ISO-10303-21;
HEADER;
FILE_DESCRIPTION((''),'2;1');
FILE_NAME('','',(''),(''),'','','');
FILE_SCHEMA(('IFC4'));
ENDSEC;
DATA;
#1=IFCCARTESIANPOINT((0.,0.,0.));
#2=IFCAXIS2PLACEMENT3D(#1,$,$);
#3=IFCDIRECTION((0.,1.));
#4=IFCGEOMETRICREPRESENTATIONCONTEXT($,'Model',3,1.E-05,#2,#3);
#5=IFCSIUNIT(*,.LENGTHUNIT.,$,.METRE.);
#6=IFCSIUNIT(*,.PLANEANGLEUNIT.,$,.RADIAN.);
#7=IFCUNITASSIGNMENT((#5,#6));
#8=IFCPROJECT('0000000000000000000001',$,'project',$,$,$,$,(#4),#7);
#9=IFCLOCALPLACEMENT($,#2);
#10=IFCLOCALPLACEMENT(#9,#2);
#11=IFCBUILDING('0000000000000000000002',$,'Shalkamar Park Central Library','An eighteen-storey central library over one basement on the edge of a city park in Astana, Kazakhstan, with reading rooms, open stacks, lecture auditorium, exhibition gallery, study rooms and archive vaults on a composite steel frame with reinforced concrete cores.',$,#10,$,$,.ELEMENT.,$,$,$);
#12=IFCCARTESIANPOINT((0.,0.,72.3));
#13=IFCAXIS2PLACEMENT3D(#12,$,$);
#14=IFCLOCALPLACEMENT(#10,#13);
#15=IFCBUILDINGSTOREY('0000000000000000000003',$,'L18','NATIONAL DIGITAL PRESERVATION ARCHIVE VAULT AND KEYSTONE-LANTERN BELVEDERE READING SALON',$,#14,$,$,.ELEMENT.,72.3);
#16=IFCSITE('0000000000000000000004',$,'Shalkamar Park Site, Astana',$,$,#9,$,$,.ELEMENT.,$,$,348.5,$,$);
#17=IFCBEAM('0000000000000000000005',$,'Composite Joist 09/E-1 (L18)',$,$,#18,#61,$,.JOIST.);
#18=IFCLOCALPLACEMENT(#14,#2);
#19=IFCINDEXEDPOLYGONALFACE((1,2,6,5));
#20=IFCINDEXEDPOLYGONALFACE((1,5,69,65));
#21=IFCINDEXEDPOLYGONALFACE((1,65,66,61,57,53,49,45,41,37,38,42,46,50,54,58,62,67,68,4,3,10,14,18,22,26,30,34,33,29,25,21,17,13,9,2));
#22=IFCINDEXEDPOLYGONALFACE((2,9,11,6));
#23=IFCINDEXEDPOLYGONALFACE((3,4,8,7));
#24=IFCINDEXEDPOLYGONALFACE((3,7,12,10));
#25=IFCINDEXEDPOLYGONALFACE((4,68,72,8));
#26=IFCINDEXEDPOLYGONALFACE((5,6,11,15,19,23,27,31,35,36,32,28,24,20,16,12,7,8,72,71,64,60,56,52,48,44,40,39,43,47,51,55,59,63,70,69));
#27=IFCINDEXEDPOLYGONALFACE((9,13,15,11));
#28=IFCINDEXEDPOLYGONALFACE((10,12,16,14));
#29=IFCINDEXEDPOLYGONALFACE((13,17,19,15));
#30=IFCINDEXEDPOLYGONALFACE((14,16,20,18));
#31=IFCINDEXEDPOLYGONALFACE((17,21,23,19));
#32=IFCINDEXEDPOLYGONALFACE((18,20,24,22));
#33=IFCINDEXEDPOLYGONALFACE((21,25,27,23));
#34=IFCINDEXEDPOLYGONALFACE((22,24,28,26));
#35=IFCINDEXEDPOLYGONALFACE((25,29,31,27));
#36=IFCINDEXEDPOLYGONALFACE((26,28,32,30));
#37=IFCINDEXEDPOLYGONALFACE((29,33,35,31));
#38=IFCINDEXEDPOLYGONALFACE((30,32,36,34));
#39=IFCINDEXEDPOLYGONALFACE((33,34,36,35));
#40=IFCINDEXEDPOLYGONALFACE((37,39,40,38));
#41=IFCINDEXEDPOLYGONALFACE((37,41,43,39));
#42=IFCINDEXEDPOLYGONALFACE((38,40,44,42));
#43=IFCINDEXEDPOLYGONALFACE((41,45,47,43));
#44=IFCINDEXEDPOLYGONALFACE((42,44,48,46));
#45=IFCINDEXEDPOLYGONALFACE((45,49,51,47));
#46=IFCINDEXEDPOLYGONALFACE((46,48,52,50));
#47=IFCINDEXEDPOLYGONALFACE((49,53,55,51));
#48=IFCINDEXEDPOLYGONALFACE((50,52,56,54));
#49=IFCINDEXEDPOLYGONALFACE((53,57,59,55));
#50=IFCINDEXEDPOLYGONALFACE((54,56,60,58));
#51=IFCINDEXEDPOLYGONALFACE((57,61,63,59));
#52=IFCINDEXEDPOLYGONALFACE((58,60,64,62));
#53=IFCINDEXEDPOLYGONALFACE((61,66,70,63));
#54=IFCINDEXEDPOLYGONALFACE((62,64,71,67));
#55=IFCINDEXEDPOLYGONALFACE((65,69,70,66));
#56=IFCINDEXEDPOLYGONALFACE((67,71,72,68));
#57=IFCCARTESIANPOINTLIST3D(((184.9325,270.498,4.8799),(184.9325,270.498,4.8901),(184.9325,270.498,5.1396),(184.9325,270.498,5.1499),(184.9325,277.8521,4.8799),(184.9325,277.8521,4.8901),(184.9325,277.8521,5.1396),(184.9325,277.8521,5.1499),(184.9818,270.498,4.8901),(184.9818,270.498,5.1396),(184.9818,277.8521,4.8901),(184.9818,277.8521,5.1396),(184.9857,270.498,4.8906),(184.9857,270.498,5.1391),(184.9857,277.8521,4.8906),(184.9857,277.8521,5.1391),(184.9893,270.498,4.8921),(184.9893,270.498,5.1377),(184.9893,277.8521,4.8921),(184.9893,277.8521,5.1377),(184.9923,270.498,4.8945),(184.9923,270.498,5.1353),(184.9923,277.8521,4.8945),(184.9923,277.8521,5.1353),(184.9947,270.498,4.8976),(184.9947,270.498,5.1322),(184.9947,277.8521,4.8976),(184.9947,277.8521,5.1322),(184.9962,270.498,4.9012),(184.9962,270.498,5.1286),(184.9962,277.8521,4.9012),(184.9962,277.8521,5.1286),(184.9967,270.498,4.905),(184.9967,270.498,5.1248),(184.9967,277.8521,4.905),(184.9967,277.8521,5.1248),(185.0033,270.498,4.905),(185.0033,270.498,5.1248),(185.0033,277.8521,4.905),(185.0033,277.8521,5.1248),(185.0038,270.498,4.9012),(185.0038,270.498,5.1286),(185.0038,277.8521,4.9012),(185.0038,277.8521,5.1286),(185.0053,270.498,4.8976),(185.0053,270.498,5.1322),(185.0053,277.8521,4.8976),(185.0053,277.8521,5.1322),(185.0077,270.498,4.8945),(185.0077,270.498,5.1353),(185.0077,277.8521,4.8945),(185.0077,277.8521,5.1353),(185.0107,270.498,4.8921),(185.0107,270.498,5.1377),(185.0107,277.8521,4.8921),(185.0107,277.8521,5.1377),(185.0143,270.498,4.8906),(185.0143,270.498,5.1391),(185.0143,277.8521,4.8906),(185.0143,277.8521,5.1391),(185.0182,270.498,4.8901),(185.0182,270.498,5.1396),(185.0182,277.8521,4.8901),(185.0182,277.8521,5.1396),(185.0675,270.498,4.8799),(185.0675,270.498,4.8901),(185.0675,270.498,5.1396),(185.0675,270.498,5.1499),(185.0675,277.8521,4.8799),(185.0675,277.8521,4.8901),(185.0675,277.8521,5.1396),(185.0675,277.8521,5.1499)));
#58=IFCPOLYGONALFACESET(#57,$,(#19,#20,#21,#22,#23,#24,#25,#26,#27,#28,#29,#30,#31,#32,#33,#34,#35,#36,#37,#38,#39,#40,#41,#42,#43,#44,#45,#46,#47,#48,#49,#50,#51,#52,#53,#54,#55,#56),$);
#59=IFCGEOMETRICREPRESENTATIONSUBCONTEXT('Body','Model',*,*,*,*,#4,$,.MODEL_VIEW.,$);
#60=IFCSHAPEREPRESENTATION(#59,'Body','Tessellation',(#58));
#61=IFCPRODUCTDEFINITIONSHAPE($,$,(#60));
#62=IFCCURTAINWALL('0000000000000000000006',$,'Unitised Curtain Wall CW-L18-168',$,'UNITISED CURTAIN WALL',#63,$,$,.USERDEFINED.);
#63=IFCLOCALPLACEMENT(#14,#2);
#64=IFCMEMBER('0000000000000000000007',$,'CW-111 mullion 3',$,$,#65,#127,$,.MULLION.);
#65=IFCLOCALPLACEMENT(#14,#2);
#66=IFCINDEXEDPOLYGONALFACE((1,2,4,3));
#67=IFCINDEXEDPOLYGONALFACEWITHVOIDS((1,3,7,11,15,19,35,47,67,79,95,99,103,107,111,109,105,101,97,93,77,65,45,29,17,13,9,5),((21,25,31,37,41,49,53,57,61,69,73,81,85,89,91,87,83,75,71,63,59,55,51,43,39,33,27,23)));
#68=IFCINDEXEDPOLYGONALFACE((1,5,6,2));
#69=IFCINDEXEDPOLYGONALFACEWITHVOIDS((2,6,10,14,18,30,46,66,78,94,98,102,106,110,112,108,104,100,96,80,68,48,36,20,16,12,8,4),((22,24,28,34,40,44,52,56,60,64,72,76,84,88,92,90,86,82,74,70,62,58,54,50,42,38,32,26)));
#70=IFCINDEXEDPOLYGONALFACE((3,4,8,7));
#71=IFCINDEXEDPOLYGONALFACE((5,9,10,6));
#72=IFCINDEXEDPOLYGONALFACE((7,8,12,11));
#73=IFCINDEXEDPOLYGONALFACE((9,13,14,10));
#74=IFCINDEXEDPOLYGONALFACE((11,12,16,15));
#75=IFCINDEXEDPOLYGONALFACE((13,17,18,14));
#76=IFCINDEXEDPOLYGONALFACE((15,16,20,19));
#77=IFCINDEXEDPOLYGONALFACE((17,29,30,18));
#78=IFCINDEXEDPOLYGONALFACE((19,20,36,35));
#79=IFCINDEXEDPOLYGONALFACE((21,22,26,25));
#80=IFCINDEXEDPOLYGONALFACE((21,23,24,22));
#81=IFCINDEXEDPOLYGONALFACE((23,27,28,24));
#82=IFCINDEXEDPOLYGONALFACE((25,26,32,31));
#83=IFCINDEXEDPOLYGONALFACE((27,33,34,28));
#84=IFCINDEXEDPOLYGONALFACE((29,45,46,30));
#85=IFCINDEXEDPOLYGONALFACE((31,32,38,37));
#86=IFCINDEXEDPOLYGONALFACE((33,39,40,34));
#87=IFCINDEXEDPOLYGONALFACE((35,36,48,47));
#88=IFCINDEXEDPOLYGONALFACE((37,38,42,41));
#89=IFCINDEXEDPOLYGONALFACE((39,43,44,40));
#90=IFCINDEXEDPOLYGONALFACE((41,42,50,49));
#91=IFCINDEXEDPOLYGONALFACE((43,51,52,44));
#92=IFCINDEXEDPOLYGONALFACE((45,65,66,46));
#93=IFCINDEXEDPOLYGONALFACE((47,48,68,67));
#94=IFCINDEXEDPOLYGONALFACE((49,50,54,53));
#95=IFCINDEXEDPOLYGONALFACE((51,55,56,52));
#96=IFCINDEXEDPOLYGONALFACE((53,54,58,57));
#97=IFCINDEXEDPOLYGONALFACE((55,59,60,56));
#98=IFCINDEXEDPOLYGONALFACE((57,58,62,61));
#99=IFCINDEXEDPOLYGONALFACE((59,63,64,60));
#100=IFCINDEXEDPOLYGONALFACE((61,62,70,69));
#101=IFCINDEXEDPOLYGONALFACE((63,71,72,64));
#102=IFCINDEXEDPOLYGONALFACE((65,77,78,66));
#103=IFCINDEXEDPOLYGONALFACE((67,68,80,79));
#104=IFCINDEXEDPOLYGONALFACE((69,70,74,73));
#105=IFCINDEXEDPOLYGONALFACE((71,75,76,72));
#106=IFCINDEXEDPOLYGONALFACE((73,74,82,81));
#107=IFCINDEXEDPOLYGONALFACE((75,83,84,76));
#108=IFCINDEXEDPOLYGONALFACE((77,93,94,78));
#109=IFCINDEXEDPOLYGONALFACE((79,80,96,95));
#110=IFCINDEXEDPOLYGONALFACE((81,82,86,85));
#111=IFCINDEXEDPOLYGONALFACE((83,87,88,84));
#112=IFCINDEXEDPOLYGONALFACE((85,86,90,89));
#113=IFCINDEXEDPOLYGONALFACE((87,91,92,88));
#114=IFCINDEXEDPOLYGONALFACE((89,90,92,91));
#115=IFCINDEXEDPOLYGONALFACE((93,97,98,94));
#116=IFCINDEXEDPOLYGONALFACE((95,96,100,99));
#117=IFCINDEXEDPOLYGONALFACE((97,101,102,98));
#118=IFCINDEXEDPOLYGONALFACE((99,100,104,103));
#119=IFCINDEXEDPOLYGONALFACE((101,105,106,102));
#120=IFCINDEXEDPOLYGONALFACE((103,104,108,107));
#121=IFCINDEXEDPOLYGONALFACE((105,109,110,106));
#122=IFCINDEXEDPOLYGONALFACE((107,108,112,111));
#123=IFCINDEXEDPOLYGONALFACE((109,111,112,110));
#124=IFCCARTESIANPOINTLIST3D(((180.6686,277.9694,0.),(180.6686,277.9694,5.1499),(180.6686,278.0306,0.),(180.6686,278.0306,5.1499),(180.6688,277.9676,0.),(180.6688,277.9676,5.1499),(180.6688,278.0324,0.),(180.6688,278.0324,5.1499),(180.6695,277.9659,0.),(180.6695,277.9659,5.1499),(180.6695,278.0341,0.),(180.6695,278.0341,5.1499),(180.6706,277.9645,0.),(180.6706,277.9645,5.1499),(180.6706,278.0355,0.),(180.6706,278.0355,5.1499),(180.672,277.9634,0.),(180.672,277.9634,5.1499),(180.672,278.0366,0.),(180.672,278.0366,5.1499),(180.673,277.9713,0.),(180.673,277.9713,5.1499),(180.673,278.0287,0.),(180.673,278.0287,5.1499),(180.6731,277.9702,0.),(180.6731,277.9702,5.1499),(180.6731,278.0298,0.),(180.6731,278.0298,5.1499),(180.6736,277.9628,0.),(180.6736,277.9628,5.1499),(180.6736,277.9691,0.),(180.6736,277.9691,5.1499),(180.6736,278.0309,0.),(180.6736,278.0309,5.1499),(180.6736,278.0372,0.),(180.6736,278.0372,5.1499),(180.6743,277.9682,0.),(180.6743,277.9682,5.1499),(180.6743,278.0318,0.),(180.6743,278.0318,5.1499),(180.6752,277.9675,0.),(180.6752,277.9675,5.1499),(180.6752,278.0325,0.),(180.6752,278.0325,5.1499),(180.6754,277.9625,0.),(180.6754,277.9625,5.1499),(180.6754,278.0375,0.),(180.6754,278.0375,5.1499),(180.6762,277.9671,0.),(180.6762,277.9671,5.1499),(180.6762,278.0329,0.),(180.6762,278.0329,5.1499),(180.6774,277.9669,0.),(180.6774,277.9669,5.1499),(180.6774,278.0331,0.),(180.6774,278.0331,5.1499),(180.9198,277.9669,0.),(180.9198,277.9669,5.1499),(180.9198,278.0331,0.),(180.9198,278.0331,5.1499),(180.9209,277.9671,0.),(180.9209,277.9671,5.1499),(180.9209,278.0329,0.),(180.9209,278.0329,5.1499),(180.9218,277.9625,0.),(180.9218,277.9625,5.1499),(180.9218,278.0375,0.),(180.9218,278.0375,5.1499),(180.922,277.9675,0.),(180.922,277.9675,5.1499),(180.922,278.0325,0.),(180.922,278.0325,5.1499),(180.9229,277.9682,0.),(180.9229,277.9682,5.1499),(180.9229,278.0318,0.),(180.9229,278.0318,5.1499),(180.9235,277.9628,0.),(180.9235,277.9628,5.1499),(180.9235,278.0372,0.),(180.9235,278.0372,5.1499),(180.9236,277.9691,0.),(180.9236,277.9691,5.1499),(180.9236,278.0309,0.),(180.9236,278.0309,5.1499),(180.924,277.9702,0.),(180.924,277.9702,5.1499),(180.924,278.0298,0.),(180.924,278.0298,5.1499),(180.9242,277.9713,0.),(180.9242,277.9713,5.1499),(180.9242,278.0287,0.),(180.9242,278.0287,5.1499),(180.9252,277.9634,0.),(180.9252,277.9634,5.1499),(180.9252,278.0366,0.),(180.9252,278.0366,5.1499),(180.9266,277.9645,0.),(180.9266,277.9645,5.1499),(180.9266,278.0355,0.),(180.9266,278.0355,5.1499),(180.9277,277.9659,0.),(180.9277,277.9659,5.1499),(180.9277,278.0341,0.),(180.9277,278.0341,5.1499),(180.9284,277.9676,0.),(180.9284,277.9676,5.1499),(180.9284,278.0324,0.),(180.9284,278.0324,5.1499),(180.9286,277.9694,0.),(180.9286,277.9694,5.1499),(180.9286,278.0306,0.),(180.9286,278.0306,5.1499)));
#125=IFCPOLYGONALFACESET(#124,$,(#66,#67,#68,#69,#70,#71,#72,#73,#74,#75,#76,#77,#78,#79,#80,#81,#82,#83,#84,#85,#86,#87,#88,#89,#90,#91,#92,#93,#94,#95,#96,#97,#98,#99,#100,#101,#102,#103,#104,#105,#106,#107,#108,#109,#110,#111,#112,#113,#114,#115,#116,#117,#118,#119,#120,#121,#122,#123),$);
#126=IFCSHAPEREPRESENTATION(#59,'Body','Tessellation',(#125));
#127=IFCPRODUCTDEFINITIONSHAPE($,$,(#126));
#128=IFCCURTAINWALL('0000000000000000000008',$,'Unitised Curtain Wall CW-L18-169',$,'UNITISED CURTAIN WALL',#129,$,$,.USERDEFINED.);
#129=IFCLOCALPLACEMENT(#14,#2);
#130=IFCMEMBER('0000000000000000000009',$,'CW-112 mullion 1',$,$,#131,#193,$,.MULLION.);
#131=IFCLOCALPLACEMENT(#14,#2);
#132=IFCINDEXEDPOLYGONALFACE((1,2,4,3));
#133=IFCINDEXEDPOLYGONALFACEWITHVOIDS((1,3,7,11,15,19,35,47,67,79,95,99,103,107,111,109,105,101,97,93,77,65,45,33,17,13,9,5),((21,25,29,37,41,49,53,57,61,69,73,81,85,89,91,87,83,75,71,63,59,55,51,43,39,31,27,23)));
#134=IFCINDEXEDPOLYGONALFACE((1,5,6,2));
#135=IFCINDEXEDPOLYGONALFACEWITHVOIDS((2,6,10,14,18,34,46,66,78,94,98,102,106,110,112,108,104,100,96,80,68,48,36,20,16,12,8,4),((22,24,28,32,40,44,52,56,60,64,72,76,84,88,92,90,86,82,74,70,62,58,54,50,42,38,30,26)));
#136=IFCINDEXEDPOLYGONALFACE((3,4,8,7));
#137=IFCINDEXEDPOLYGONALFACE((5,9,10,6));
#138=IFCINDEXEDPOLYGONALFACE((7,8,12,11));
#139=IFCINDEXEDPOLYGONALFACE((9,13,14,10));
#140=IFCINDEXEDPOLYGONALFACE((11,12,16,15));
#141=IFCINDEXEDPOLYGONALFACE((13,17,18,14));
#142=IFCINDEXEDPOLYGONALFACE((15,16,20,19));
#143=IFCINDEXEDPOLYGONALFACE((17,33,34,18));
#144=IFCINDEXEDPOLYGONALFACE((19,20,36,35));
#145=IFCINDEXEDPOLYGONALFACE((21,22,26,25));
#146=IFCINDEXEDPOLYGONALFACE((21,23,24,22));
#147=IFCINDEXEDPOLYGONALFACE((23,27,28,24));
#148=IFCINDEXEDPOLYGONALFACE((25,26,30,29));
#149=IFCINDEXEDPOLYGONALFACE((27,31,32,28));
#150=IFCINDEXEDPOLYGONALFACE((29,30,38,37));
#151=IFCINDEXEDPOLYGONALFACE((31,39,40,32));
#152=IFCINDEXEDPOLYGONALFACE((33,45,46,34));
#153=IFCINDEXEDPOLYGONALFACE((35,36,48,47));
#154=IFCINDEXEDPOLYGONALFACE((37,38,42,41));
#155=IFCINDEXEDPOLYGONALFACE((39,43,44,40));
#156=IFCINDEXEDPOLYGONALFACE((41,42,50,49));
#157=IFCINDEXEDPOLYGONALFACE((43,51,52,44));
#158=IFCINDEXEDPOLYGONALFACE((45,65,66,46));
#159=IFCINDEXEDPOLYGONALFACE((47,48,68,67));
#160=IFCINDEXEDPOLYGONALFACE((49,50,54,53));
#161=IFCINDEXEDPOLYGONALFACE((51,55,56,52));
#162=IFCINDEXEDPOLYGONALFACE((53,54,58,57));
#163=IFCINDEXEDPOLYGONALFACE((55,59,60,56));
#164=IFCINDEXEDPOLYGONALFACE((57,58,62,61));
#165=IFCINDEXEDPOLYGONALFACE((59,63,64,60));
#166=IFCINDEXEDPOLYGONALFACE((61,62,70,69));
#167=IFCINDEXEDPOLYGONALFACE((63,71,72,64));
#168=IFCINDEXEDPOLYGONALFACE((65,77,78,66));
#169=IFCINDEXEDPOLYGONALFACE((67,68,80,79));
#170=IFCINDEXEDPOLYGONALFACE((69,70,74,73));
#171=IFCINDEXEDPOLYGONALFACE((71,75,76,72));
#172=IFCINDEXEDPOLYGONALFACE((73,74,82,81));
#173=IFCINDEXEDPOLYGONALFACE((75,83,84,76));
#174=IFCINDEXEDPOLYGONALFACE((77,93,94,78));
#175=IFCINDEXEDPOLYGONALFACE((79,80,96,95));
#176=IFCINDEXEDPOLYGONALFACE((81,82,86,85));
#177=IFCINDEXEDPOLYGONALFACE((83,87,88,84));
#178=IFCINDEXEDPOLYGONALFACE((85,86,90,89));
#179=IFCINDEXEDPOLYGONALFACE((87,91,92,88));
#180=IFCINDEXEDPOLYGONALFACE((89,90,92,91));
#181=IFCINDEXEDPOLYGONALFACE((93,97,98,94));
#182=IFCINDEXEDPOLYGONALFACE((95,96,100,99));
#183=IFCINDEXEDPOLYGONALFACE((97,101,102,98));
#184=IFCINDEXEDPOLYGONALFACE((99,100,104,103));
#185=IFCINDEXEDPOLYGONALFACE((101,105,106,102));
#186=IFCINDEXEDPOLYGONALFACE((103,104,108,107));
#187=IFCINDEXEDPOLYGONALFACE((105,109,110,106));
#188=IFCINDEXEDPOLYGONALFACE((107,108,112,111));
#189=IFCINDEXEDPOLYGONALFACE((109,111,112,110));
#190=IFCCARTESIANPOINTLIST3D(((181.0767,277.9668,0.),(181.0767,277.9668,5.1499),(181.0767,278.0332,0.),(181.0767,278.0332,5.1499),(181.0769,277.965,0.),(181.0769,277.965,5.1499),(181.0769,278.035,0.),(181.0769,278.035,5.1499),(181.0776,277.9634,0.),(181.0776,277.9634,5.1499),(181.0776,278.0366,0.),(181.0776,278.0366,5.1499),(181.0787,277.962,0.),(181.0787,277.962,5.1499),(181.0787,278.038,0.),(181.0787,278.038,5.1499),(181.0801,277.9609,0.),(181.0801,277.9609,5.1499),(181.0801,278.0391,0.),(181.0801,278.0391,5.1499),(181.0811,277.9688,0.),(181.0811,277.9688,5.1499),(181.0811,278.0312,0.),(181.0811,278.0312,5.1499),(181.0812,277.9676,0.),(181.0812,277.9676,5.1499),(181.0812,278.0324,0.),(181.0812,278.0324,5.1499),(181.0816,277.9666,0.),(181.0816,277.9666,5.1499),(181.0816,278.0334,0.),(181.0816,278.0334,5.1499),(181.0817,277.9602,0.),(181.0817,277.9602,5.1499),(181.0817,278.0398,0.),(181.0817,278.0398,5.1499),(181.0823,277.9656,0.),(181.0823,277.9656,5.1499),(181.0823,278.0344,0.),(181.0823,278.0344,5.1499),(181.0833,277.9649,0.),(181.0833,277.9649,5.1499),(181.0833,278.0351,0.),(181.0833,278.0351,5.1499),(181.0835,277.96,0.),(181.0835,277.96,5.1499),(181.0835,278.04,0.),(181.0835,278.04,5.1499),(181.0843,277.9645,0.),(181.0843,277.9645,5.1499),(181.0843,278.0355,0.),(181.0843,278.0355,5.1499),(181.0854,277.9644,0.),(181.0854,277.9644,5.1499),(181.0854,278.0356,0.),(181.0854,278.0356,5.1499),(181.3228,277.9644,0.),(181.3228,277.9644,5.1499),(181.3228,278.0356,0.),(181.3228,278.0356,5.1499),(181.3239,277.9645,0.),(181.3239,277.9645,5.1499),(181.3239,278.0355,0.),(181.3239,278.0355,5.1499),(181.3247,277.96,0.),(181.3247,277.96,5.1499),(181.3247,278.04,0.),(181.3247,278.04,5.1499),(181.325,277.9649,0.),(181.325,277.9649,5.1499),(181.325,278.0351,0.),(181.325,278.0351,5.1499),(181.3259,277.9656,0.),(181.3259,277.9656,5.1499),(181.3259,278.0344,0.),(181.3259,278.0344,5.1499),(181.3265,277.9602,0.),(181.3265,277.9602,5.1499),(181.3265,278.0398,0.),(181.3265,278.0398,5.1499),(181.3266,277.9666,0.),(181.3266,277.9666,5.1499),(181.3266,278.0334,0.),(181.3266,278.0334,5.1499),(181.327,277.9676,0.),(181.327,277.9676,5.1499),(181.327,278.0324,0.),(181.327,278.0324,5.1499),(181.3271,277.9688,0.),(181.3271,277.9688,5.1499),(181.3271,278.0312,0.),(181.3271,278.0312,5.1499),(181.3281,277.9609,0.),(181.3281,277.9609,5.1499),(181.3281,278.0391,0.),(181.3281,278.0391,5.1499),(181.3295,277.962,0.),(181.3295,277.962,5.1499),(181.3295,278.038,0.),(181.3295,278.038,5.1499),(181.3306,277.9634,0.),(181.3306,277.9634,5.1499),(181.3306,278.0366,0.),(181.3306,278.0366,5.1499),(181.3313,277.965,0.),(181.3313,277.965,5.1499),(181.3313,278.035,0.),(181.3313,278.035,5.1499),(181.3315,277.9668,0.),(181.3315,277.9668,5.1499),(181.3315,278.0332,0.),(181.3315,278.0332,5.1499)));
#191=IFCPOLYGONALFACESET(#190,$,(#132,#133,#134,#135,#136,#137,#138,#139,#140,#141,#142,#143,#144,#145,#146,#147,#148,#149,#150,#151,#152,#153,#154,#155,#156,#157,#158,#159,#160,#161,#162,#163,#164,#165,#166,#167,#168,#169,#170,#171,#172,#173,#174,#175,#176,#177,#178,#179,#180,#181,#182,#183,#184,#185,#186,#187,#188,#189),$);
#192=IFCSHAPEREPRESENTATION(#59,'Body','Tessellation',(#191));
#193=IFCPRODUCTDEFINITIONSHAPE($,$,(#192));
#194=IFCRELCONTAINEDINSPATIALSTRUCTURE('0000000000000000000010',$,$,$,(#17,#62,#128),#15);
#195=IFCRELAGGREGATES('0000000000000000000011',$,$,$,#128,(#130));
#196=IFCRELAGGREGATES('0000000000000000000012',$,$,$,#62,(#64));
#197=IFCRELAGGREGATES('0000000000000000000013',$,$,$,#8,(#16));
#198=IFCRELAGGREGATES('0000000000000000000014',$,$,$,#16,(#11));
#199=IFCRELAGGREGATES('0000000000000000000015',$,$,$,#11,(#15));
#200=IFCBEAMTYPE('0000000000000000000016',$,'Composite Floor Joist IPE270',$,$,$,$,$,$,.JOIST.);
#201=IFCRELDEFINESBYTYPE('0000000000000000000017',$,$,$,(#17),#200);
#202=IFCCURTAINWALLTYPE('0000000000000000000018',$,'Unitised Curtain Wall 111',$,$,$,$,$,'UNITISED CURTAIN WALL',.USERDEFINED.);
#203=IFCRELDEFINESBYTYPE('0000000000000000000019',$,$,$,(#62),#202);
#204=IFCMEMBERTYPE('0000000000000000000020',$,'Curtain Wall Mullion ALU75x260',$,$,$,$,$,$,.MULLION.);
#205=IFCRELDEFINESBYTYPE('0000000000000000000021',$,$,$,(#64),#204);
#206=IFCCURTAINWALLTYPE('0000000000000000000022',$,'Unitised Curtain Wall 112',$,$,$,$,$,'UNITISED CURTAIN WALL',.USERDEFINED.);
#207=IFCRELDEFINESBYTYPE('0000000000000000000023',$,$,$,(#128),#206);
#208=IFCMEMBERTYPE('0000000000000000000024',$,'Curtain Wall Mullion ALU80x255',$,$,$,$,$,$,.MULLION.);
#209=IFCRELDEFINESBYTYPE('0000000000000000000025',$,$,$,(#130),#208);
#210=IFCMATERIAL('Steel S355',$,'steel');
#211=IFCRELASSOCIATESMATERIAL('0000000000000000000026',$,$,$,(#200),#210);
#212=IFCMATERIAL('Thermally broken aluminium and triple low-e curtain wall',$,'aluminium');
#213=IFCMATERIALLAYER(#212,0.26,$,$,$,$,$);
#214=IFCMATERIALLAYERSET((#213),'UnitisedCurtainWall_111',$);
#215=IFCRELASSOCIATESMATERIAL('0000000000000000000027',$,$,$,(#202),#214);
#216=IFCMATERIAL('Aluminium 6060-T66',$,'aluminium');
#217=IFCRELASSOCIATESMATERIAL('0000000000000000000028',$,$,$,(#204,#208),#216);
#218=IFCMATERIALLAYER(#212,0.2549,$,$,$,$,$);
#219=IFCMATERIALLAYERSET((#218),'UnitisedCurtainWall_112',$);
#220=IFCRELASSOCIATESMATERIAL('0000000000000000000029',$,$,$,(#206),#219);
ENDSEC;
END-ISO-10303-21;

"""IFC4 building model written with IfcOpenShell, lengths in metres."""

from ifc_helpers import new_model, si_unit, direction, frame, origin, origin_2d, place, context, subcontext, project, spatial, hollow_rectangle, i_section, extrude, material, layer, layer_set, material_profile, profile_set, type_object, element, aggregate, save


model = new_model("IFC4")

# Units and contexts
model_context = context("Model", 3, precision=1e-05, world=origin(), true_north=direction((0.0, 1.0)))
body_context = subcontext(model_context, "Body", "Model", "MODEL_VIEW")
ifc_project = project(units=[si_unit("LENGTHUNIT", "METRE"), si_unit("PLANEANGLEUNIT", "RADIAN")], contexts=[model_context])

# Site, building, storey
site_placement = place(None, origin())
site = spatial("IfcSite", under=ifc_project, at=site_placement, Name="Shalkamar Park Site, Astana", CompositionType="ELEMENT", RefElevation=348.5)
building_placement = place(site_placement, origin())
building = spatial("IfcBuilding", under=site, at=building_placement, Name="Shalkamar Park Central Library", Description="An eighteen-storey central library over one basement on the edge of a city park in Astana, Kazakhstan, with reading rooms, open stacks, lecture auditorium, exhibition gallery, study rooms and archive vaults on a composite steel frame with reinforced concrete cores.", CompositionType="ELEMENT")
storey_placement = place(building_placement, frame((0.0, 0.0, 72.3)))
storey = spatial("IfcBuildingStorey", under=building, at=storey_placement, Name="L18", Description="NATIONAL DIGITAL PRESERVATION ARCHIVE VAULT AND KEYSTONE-LANTERN BELVEDERE READING SALON", CompositionType="ELEMENT", Elevation=72.3)

# Shared definitions
ifc_material_1 = material(Name="Steel S355", Category="steel")

# Beam
ifc_material_profile_1 = material_profile(ifc_material_1, i_section(OverallWidth=0.135, OverallDepth=0.27, WebThickness=0.0066, FlangeThickness=0.0103, FilletRadius=0.0149, at=origin_2d()), Name="IPE 270")
ifc_profile_set_1 = profile_set([ifc_material_profile_1], Name="Steel S355")
beam_type_1 = type_object("IfcBeamType", Name="Composite Floor Joist IPE270", PredefinedType="JOIST", material=ifc_profile_set_1)
beam_1_placement = place(storey_placement, frame((185.0, 270.498, 5.0149), z_axis=(0.0, 1.0, 0.0), x_axis=(-1.0, 0.0, 0.0)))
element("IfcBeam", 1, at=beam_1_placement, inside=storey, type_object=beam_type_1, Name="Composite Joist 09/E-1 (L18)", PredefinedType="JOIST", context=body_context, shape_type="SweptSolid", body=[
    extrude(i_section(OverallWidth=0.135, OverallDepth=0.27, WebThickness=0.0066, FlangeThickness=0.0103, FilletRadius=0.0149, at=origin_2d()), origin(), (0.0, 0.0, 1.0), 7.354),
])

# Curtain wall, member
ifc_material_2 = material(Name="Thermally broken aluminium and triple low-e curtain wall", Category="aluminium")
ifc_layer_1 = layer(ifc_material_2, 0.26)
ifc_layer_set_1 = layer_set([ifc_layer_1], Name="UnitisedCurtainWall_111")
curtain_wall_type_1 = type_object("IfcCurtainWallType", Name="Unitised Curtain Wall 111", ElementType="UNITISED CURTAIN WALL", PredefinedType="USERDEFINED", material=ifc_layer_set_1)
curtain_wall_1_placement = place(storey_placement, origin())
curtain_wall_1 = element("IfcCurtainWall", 2, at=curtain_wall_1_placement, inside=storey, type_object=curtain_wall_type_1, Name="Unitised Curtain Wall CW-L18-168", ObjectType="UNITISED CURTAIN WALL", PredefinedType="USERDEFINED")
ifc_material_3 = material(Name="Aluminium 6060-T66", Category="aluminium")
ifc_material_profile_2 = material_profile(ifc_material_3, hollow_rectangle(XDim=0.075, YDim=0.26, WallThickness=0.0044, InnerFilletRadius=0.0044, OuterFilletRadius=0.0068, at=origin_2d()), Name="ALU 75x260x4.5")
ifc_profile_set_2 = profile_set([ifc_material_profile_2], Name="Aluminium 6060-T66")
member_type_1 = type_object("IfcMemberType", Name="Curtain Wall Mullion ALU75x260", PredefinedType="MULLION", material=ifc_profile_set_2)
member_1_placement = place(storey_placement, frame((180.7986, 278.0, 0.0), z_axis=(0.0, 0.0, 1.0), x_axis=(0.0, 1.0, 0.0)))
member_1 = element("IfcMember", 3, at=member_1_placement, type_object=member_type_1, Name="CW-111 mullion 3", PredefinedType="MULLION", context=body_context, shape_type="SweptSolid", body=[
    extrude(hollow_rectangle(XDim=0.075, YDim=0.26, WallThickness=0.0044, InnerFilletRadius=0.0044, OuterFilletRadius=0.0068, at=origin_2d()), origin(), (0.0, 0.0, 1.0), 5.1499),
])

# Curtain wall, member
ifc_layer_2 = layer(ifc_material_2, 0.2549)
ifc_layer_set_2 = layer_set([ifc_layer_2], Name="UnitisedCurtainWall_112")
curtain_wall_type_2 = type_object("IfcCurtainWallType", Name="Unitised Curtain Wall 112", ElementType="UNITISED CURTAIN WALL", PredefinedType="USERDEFINED", material=ifc_layer_set_2)
curtain_wall_2_placement = place(storey_placement, origin())
curtain_wall_2 = element("IfcCurtainWall", 4, at=curtain_wall_2_placement, inside=storey, type_object=curtain_wall_type_2, Name="Unitised Curtain Wall CW-L18-169", ObjectType="UNITISED CURTAIN WALL", PredefinedType="USERDEFINED")
ifc_material_profile_3 = material_profile(ifc_material_3, hollow_rectangle(XDim=0.0801, YDim=0.2549, WallThickness=0.0044, InnerFilletRadius=0.0044, OuterFilletRadius=0.0068, at=origin_2d()), Name="ALU 80x255x4.5")
ifc_profile_set_3 = profile_set([ifc_material_profile_3], Name="Aluminium 6060-T66")
member_type_2 = type_object("IfcMemberType", Name="Curtain Wall Mullion ALU80x255", PredefinedType="MULLION", material=ifc_profile_set_3)
member_2_placement = place(storey_placement, frame((181.2041, 278.0, 0.0), z_axis=(0.0, 0.0, 1.0), x_axis=(0.0, 1.0, 0.0)))
member_2 = element("IfcMember", 5, at=member_2_placement, type_object=member_type_2, Name="CW-112 mullion 1", PredefinedType="MULLION", context=body_context, shape_type="SweptSolid", body=[
    extrude(hollow_rectangle(XDim=0.0801, YDim=0.2549, WallThickness=0.0044, InnerFilletRadius=0.0044, OuterFilletRadius=0.0068, at=origin_2d()), origin(), (0.0, 0.0, 1.0), 5.1499),
])

aggregate(curtain_wall_2, [member_2])
aggregate(curtain_wall_1, [member_1])

save(model, "model.ifc")
